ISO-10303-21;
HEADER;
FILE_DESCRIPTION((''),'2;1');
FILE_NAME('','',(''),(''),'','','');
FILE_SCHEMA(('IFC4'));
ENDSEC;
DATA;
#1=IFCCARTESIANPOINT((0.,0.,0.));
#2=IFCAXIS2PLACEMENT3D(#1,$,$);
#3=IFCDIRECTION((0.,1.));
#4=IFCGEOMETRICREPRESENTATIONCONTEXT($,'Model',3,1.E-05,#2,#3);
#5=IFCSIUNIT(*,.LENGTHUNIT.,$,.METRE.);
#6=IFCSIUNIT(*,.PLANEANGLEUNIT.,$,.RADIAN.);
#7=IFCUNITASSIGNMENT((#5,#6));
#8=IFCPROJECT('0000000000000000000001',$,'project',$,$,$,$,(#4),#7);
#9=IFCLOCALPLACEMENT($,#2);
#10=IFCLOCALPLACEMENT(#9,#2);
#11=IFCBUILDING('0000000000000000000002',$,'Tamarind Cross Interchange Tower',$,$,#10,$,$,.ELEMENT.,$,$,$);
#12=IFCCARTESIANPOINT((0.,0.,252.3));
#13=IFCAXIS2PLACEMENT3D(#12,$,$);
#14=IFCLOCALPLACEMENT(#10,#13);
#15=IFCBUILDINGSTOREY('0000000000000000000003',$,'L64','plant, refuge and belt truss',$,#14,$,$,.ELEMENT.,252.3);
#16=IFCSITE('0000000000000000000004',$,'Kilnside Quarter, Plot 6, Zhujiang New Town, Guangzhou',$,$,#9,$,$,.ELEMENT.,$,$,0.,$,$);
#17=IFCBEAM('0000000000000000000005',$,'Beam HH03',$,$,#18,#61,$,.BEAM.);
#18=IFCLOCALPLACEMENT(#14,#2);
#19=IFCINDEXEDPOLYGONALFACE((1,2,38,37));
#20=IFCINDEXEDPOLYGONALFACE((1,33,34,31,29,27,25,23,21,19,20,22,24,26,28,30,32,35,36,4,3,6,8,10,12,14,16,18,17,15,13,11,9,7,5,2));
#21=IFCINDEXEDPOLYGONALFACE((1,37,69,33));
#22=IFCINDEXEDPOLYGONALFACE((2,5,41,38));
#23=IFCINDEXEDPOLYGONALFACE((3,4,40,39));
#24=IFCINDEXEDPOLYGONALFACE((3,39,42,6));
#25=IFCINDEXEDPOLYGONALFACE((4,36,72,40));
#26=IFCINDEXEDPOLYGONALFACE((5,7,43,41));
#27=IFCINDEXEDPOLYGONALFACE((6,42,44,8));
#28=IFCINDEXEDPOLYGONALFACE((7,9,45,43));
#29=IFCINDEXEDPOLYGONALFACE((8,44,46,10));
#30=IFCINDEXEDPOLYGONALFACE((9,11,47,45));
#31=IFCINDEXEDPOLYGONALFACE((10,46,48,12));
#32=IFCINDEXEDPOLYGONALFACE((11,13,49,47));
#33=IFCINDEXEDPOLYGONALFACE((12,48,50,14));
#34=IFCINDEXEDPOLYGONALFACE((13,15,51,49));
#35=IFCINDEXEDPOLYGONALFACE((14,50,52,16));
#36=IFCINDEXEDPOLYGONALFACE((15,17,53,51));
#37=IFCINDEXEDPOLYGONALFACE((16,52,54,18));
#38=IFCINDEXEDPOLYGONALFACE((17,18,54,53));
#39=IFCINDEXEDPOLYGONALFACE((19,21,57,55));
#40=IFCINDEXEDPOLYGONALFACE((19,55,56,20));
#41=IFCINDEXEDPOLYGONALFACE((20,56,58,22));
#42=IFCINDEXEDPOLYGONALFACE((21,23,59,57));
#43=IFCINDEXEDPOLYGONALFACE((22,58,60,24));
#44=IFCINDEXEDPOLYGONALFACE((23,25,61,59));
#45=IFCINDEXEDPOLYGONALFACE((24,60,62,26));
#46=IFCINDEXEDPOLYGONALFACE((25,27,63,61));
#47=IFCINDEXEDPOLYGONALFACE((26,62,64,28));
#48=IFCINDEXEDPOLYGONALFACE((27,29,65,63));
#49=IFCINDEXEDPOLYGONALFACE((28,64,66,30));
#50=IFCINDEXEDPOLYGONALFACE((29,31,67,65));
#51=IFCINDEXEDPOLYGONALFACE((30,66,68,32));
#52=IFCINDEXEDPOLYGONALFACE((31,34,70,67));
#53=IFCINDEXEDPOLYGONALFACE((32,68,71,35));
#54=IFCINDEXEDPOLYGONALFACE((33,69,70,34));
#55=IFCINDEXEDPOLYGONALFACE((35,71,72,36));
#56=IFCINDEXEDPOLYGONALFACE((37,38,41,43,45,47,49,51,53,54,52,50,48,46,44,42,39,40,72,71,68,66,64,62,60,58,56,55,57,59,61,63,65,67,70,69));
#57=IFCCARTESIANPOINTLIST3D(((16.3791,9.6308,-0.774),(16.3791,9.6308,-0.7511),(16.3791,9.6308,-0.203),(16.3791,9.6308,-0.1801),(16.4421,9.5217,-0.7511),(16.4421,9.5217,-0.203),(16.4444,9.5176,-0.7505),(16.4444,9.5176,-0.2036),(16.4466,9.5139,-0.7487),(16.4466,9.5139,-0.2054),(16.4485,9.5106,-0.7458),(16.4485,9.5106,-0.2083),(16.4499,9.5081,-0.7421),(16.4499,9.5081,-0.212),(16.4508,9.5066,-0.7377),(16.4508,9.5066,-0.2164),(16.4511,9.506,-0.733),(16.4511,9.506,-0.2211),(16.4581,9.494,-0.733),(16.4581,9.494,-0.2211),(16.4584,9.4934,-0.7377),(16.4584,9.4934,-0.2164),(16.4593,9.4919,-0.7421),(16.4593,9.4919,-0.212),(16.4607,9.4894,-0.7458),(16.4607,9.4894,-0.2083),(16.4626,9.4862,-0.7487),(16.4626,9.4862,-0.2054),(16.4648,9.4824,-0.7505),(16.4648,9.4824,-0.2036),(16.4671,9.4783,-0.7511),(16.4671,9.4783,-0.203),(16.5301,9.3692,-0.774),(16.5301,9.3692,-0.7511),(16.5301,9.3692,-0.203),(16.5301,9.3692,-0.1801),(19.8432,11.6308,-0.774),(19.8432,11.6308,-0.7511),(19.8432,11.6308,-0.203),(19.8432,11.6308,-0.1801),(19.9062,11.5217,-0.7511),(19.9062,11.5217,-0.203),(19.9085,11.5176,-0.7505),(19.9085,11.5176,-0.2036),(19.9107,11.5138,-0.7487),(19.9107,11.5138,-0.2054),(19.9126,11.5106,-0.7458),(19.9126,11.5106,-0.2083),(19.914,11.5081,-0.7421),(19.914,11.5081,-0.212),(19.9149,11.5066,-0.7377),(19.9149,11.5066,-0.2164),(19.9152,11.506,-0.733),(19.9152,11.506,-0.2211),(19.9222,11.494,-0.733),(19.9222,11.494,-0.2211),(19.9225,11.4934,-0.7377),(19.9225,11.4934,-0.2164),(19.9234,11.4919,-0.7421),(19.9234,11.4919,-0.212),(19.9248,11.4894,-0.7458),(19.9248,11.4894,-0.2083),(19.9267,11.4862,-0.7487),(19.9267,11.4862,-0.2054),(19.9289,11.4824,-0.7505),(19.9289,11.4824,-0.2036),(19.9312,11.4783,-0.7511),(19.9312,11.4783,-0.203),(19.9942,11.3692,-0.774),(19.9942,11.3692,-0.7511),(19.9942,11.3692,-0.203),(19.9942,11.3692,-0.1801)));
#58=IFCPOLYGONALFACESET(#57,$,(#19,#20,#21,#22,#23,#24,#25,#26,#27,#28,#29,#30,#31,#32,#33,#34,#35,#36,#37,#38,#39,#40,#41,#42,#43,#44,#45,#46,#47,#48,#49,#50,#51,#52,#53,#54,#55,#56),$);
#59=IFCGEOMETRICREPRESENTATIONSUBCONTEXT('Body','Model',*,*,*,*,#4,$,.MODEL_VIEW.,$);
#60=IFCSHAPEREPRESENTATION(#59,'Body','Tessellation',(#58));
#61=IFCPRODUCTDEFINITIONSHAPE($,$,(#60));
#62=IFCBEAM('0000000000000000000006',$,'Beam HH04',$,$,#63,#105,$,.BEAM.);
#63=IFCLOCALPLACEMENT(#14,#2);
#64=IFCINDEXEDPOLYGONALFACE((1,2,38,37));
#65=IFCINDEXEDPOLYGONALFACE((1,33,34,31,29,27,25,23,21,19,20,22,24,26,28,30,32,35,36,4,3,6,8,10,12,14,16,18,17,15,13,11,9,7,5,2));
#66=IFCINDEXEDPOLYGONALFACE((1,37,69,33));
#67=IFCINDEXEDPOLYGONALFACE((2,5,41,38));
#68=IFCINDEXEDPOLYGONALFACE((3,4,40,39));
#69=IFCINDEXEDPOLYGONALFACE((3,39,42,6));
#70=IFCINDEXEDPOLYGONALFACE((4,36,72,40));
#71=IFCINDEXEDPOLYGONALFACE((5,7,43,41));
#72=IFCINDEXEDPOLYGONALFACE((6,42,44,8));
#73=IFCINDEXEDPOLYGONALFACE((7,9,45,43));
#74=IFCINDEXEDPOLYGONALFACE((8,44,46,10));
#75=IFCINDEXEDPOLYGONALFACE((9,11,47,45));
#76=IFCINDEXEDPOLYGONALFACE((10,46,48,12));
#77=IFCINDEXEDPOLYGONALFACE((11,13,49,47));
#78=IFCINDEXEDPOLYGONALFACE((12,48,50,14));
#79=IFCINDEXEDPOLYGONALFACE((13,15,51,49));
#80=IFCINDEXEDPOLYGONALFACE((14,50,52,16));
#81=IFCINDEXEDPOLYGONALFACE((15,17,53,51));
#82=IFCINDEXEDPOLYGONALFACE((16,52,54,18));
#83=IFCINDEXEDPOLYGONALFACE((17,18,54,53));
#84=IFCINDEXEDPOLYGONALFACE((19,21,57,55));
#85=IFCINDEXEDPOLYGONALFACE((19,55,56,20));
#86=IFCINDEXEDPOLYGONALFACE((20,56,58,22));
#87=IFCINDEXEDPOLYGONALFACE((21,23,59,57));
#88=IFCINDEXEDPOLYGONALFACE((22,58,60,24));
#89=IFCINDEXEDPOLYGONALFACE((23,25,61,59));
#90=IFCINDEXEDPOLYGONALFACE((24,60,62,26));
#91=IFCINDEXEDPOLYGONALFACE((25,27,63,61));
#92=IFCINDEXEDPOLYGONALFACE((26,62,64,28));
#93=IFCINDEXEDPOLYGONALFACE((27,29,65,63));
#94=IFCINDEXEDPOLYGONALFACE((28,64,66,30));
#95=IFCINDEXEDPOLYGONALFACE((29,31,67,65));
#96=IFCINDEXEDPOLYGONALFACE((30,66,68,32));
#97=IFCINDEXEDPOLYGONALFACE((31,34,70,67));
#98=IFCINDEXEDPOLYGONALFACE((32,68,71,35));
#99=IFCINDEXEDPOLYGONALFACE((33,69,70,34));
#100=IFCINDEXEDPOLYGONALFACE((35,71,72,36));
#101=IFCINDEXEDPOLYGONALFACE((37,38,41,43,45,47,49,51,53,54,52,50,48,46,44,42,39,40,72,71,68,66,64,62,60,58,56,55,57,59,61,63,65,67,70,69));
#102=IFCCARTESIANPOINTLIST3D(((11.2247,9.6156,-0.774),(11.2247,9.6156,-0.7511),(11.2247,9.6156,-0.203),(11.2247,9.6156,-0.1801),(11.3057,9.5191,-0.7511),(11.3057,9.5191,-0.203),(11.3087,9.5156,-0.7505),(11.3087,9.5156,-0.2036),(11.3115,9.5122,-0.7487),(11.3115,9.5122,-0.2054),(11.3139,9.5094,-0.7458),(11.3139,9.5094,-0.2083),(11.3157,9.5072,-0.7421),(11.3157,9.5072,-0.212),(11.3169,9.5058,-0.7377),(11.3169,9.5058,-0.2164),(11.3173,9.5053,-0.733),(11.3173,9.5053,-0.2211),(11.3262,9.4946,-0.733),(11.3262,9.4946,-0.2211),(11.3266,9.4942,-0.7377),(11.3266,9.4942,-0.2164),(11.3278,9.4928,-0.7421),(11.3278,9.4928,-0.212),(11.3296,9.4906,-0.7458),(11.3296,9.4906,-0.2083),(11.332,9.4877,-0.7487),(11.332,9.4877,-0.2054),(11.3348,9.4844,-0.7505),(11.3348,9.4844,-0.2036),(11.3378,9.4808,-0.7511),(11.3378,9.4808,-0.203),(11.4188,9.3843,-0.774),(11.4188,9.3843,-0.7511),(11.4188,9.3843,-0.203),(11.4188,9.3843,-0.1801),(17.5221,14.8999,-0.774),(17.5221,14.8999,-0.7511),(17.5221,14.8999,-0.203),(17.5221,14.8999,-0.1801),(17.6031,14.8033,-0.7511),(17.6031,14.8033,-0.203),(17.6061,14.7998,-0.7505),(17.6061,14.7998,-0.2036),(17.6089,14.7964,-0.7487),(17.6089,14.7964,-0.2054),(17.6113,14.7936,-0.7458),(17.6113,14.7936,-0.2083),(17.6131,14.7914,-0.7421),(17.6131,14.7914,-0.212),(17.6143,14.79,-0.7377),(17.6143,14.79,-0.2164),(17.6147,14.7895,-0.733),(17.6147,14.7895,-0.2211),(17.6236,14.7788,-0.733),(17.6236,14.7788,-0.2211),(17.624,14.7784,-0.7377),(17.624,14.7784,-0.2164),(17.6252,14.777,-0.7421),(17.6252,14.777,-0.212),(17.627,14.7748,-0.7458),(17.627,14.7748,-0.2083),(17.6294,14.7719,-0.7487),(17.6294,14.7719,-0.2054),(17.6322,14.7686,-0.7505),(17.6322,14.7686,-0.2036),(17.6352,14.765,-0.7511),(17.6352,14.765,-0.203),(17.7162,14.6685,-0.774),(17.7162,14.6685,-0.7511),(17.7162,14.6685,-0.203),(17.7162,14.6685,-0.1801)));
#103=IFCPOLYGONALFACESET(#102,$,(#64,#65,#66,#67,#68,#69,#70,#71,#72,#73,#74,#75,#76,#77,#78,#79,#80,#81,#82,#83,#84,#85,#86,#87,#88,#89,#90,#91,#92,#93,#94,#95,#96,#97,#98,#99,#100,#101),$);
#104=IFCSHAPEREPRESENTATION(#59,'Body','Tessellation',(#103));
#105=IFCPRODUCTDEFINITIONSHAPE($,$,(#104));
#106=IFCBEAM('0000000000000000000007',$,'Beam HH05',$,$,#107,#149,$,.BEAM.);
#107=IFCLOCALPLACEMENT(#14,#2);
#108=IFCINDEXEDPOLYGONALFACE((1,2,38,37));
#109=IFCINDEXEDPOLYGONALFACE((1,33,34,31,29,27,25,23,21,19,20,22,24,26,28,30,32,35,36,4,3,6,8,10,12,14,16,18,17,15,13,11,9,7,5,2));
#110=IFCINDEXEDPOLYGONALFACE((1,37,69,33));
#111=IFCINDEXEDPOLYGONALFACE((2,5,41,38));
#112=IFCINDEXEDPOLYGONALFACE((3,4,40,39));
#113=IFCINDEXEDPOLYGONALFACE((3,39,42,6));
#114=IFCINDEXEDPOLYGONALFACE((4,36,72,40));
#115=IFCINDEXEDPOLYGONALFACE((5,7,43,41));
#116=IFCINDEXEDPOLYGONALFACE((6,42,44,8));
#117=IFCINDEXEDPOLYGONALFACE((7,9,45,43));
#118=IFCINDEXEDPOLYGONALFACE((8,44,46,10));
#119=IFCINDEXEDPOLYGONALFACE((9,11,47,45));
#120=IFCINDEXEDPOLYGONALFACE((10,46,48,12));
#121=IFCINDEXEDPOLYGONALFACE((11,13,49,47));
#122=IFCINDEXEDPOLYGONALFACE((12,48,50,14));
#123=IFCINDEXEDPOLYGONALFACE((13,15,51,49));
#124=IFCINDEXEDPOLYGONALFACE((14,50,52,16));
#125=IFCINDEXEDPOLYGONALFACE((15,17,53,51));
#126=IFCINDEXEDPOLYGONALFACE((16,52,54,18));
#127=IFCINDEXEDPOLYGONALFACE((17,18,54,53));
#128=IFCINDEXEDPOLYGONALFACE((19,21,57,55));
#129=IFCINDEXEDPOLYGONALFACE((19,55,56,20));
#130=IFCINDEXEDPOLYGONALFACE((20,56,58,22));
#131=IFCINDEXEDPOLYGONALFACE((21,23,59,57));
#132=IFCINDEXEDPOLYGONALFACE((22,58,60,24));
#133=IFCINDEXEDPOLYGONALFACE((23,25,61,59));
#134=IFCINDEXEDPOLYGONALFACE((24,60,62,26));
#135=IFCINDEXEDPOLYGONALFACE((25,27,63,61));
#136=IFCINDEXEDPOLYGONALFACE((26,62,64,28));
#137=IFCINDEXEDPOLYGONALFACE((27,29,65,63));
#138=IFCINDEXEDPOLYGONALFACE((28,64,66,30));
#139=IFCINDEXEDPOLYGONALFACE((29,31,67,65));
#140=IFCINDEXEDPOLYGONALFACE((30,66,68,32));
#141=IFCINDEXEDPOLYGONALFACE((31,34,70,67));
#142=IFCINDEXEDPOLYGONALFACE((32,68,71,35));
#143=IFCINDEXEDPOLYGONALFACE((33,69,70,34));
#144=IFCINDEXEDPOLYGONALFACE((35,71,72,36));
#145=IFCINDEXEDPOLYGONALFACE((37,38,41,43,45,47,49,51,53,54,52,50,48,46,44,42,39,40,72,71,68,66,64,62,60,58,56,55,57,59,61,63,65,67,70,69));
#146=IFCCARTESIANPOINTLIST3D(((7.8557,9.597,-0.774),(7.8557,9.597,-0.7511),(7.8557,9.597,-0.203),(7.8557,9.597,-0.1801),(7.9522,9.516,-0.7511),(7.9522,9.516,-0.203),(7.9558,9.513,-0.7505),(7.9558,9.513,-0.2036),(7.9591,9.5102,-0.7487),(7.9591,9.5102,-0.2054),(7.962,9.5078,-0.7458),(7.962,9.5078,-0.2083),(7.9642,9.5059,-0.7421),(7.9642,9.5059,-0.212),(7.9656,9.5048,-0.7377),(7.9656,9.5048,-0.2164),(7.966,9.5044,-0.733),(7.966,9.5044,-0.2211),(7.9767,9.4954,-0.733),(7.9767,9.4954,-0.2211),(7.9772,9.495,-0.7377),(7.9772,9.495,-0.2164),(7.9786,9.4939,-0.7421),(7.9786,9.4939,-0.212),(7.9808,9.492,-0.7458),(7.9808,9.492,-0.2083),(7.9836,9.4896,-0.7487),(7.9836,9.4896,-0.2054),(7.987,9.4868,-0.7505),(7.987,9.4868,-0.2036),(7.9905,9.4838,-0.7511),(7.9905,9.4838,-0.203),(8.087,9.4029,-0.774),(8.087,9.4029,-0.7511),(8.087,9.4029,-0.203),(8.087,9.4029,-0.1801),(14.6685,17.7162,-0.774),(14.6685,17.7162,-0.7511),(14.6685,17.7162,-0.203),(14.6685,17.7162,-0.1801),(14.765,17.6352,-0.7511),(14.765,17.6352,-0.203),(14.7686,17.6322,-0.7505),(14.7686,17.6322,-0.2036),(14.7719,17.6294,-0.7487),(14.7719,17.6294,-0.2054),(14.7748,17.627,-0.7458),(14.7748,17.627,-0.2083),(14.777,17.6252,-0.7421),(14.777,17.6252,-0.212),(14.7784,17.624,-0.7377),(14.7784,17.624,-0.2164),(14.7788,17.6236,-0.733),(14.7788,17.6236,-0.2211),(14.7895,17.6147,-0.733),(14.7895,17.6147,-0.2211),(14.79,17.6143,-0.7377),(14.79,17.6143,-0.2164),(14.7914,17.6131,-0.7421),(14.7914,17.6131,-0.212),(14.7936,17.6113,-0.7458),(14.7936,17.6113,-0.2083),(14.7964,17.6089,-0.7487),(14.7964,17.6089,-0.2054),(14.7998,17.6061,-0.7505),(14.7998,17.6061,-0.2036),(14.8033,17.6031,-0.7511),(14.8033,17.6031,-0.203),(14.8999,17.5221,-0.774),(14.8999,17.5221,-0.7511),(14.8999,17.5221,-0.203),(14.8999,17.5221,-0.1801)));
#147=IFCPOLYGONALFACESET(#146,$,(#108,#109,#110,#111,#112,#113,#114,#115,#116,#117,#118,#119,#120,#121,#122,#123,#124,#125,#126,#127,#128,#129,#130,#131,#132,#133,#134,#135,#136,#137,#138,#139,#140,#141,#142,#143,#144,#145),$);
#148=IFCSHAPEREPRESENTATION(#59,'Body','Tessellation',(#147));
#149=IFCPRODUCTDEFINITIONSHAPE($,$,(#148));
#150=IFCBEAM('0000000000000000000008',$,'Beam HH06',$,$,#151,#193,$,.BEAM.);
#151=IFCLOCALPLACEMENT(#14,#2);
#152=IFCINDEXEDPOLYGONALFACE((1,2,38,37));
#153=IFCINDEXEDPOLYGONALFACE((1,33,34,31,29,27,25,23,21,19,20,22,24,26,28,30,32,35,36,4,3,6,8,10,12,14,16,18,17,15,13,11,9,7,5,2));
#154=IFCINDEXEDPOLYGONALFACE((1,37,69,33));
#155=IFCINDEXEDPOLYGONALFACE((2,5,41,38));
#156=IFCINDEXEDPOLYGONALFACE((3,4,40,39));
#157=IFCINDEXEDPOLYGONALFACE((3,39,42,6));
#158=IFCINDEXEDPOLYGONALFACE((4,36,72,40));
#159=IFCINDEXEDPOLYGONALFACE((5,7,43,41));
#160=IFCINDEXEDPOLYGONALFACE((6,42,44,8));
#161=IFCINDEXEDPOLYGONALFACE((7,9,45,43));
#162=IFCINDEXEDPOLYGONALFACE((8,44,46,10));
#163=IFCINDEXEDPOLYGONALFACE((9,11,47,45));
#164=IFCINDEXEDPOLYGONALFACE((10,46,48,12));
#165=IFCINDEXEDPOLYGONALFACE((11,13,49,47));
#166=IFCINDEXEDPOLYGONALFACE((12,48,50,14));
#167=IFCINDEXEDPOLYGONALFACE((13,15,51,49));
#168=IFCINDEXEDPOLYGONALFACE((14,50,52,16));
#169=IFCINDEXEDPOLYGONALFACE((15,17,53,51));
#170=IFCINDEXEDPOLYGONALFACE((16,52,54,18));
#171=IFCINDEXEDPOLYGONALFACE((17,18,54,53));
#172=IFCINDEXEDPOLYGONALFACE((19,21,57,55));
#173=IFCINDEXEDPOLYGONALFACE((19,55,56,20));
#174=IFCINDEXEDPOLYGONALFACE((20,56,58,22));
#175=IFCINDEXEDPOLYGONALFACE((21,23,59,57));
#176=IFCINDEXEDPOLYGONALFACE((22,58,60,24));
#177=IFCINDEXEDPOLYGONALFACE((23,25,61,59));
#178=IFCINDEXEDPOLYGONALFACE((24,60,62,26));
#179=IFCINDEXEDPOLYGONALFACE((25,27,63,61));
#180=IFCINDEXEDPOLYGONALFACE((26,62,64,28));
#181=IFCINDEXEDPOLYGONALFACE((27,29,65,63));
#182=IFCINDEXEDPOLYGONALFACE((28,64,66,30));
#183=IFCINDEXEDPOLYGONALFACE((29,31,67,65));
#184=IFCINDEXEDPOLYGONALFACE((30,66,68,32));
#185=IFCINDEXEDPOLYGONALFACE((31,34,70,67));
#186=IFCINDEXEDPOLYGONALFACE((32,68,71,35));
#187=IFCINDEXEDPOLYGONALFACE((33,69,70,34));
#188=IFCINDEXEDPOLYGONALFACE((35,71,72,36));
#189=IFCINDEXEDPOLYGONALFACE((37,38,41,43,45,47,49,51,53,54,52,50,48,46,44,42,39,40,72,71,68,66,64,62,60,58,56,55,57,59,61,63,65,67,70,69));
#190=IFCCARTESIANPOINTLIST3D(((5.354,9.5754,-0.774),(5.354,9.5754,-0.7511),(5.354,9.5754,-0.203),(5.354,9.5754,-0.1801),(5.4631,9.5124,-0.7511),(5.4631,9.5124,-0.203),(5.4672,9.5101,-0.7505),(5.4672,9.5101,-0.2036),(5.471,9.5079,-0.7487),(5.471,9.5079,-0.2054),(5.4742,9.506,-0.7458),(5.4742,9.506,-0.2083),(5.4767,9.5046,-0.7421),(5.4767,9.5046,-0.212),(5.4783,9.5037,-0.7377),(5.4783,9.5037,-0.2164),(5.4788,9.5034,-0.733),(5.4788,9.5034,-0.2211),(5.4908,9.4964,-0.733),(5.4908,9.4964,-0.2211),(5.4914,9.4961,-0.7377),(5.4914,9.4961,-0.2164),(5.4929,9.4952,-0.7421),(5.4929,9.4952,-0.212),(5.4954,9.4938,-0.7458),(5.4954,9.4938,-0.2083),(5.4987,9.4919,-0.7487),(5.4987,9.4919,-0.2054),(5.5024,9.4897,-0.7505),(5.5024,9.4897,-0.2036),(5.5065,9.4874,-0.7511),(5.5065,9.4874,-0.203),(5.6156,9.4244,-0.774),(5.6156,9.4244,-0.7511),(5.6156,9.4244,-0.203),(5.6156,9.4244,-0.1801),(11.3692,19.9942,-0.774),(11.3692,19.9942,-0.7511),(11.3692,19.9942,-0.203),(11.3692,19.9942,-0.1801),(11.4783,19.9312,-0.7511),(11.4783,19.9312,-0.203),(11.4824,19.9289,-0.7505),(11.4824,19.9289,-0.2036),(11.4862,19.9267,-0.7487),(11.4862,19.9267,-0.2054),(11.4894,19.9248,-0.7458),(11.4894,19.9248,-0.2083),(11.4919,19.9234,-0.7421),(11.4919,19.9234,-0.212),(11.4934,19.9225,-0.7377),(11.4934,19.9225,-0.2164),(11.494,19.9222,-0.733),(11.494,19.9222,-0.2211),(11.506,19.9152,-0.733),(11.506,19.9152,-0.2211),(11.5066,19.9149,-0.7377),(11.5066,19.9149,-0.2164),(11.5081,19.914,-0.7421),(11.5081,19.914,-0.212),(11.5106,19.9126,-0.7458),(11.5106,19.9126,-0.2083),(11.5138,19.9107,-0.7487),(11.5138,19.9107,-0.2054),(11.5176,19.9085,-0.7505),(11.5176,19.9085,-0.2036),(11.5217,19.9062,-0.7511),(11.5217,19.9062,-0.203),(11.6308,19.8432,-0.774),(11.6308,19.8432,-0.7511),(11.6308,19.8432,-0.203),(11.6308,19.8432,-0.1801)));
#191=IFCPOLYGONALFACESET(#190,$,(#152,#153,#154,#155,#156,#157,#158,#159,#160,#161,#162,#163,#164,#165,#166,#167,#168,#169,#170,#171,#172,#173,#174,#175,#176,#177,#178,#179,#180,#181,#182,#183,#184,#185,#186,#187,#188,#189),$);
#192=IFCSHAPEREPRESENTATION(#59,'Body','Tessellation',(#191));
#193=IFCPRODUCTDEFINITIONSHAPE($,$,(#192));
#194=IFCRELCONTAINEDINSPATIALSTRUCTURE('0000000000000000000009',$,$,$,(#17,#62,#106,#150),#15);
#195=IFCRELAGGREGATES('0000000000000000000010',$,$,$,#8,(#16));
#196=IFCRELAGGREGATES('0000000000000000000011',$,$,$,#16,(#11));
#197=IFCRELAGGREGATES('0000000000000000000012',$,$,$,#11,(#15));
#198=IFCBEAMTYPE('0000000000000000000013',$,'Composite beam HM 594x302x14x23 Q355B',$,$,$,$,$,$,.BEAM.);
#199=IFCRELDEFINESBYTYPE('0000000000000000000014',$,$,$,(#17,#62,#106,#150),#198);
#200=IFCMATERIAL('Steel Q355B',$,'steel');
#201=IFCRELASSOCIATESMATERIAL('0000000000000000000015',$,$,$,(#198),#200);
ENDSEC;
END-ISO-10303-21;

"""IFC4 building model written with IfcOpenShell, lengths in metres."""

from ifc_helpers import new_model, si_unit, direction, frame, origin, origin_2d, place, context, subcontext, project, spatial, i_section, extrude, material, material_profile, profile_set, type_object, element, save


model = new_model("IFC4")

# Units and contexts
model_context = context("Model", 3, precision=1e-05, world=origin(), true_north=direction((0.0, 1.0)))
body_context = subcontext(model_context, "Body", "Model", "MODEL_VIEW")
ifc_project = project(units=[si_unit("LENGTHUNIT", "METRE"), si_unit("PLANEANGLEUNIT", "RADIAN")], contexts=[model_context])

# Site, building, storey
site_placement = place(None, origin())
site = spatial("IfcSite", under=ifc_project, at=site_placement, Name="Kilnside Quarter, Plot 6, Zhujiang New Town, Guangzhou", CompositionType="ELEMENT", RefElevation=0.0)
building_placement = place(site_placement, origin())
building = spatial("IfcBuilding", under=site, at=building_placement, Name="Tamarind Cross Interchange Tower", CompositionType="ELEMENT")
storey_placement = place(building_placement, frame((0.0, 0.0, 252.3)))
storey = spatial("IfcBuildingStorey", under=building, at=storey_placement, Name="L64", Description="plant, refuge and belt truss", CompositionType="ELEMENT", Elevation=252.3)

# Beams
ifc_material_1 = material(Name="Steel Q355B", Category="steel")
ifc_material_profile_1 = material_profile(ifc_material_1, i_section(OverallWidth=0.302, OverallDepth=0.594, WebThickness=0.0139, FlangeThickness=0.0229, FilletRadius=0.0181, at=origin_2d()), Name="HM 594x302x14x23")
ifc_profile_set_1 = profile_set([ifc_material_profile_1], Name="Steel Q355B")
beam_type = type_object("IfcBeamType", Name="Composite beam HM 594x302x14x23 Q355B", PredefinedType="BEAM", material=ifc_profile_set_1)
beam_1_placement = place(storey_placement, frame((19.9187, 11.5, -0.4771), z_axis=(-0.866026, -0.499999, 0.0), x_axis=(0.499999, -0.866026, 0.0)))
element("IfcBeam", 1, at=beam_1_placement, inside=storey, type_object=beam_type, Name="Beam HH03", PredefinedType="BEAM", context=body_context, shape_type="SweptSolid", body=[
    extrude(i_section(OverallWidth=0.302, OverallDepth=0.594, WebThickness=0.0139, FlangeThickness=0.0229, FilletRadius=0.0181, at=origin_2d()), origin(), (0.0, 0.0, 1.0), 4.0),
])
beam_2_placement = place(storey_placement, frame((17.6191, 14.7842, -0.4771), z_axis=(-0.766041, -0.642792, 0.0), x_axis=(0.642792, -0.766041, 0.0)))
element("IfcBeam", 2, at=beam_2_placement, inside=storey, type_object=beam_type, Name="Beam HH04", PredefinedType="BEAM", context=body_context, shape_type="SweptSolid", body=[
    extrude(i_section(OverallWidth=0.302, OverallDepth=0.594, WebThickness=0.0139, FlangeThickness=0.0229, FilletRadius=0.0181, at=origin_2d()), origin(), (0.0, 0.0, 1.0), 8.2207),
])
beam_3_placement = place(storey_placement, frame((14.7842, 17.6191, -0.4771), z_axis=(-0.642786, -0.766046, 0.0), x_axis=(0.766046, -0.642786, 0.0)))
element("IfcBeam", 3, at=beam_3_placement, inside=storey, type_object=beam_type, Name="Beam HH05", PredefinedType="BEAM", context=body_context, shape_type="SweptSolid", body=[
    extrude(i_section(OverallWidth=0.302, OverallDepth=0.594, WebThickness=0.0139, FlangeThickness=0.0229, FilletRadius=0.0181, at=origin_2d()), origin(), (0.0, 0.0, 1.0), 10.5989),
])
beam_4_placement = place(storey_placement, frame((11.5, 19.9187, -0.4771), z_axis=(-0.499994, -0.866029, 0.0), x_axis=(0.866029, -0.499994, 0.0)))
element("IfcBeam", 4, at=beam_4_placement, inside=storey, type_object=beam_type, Name="Beam HH06", PredefinedType="BEAM", context=body_context, shape_type="SweptSolid", body=[
    extrude(i_section(OverallWidth=0.302, OverallDepth=0.594, WebThickness=0.0139, FlangeThickness=0.0229, FilletRadius=0.0181, at=origin_2d()), origin(), (0.0, 0.0, 1.0), 12.0305),
])

save(model, "model.ifc")
